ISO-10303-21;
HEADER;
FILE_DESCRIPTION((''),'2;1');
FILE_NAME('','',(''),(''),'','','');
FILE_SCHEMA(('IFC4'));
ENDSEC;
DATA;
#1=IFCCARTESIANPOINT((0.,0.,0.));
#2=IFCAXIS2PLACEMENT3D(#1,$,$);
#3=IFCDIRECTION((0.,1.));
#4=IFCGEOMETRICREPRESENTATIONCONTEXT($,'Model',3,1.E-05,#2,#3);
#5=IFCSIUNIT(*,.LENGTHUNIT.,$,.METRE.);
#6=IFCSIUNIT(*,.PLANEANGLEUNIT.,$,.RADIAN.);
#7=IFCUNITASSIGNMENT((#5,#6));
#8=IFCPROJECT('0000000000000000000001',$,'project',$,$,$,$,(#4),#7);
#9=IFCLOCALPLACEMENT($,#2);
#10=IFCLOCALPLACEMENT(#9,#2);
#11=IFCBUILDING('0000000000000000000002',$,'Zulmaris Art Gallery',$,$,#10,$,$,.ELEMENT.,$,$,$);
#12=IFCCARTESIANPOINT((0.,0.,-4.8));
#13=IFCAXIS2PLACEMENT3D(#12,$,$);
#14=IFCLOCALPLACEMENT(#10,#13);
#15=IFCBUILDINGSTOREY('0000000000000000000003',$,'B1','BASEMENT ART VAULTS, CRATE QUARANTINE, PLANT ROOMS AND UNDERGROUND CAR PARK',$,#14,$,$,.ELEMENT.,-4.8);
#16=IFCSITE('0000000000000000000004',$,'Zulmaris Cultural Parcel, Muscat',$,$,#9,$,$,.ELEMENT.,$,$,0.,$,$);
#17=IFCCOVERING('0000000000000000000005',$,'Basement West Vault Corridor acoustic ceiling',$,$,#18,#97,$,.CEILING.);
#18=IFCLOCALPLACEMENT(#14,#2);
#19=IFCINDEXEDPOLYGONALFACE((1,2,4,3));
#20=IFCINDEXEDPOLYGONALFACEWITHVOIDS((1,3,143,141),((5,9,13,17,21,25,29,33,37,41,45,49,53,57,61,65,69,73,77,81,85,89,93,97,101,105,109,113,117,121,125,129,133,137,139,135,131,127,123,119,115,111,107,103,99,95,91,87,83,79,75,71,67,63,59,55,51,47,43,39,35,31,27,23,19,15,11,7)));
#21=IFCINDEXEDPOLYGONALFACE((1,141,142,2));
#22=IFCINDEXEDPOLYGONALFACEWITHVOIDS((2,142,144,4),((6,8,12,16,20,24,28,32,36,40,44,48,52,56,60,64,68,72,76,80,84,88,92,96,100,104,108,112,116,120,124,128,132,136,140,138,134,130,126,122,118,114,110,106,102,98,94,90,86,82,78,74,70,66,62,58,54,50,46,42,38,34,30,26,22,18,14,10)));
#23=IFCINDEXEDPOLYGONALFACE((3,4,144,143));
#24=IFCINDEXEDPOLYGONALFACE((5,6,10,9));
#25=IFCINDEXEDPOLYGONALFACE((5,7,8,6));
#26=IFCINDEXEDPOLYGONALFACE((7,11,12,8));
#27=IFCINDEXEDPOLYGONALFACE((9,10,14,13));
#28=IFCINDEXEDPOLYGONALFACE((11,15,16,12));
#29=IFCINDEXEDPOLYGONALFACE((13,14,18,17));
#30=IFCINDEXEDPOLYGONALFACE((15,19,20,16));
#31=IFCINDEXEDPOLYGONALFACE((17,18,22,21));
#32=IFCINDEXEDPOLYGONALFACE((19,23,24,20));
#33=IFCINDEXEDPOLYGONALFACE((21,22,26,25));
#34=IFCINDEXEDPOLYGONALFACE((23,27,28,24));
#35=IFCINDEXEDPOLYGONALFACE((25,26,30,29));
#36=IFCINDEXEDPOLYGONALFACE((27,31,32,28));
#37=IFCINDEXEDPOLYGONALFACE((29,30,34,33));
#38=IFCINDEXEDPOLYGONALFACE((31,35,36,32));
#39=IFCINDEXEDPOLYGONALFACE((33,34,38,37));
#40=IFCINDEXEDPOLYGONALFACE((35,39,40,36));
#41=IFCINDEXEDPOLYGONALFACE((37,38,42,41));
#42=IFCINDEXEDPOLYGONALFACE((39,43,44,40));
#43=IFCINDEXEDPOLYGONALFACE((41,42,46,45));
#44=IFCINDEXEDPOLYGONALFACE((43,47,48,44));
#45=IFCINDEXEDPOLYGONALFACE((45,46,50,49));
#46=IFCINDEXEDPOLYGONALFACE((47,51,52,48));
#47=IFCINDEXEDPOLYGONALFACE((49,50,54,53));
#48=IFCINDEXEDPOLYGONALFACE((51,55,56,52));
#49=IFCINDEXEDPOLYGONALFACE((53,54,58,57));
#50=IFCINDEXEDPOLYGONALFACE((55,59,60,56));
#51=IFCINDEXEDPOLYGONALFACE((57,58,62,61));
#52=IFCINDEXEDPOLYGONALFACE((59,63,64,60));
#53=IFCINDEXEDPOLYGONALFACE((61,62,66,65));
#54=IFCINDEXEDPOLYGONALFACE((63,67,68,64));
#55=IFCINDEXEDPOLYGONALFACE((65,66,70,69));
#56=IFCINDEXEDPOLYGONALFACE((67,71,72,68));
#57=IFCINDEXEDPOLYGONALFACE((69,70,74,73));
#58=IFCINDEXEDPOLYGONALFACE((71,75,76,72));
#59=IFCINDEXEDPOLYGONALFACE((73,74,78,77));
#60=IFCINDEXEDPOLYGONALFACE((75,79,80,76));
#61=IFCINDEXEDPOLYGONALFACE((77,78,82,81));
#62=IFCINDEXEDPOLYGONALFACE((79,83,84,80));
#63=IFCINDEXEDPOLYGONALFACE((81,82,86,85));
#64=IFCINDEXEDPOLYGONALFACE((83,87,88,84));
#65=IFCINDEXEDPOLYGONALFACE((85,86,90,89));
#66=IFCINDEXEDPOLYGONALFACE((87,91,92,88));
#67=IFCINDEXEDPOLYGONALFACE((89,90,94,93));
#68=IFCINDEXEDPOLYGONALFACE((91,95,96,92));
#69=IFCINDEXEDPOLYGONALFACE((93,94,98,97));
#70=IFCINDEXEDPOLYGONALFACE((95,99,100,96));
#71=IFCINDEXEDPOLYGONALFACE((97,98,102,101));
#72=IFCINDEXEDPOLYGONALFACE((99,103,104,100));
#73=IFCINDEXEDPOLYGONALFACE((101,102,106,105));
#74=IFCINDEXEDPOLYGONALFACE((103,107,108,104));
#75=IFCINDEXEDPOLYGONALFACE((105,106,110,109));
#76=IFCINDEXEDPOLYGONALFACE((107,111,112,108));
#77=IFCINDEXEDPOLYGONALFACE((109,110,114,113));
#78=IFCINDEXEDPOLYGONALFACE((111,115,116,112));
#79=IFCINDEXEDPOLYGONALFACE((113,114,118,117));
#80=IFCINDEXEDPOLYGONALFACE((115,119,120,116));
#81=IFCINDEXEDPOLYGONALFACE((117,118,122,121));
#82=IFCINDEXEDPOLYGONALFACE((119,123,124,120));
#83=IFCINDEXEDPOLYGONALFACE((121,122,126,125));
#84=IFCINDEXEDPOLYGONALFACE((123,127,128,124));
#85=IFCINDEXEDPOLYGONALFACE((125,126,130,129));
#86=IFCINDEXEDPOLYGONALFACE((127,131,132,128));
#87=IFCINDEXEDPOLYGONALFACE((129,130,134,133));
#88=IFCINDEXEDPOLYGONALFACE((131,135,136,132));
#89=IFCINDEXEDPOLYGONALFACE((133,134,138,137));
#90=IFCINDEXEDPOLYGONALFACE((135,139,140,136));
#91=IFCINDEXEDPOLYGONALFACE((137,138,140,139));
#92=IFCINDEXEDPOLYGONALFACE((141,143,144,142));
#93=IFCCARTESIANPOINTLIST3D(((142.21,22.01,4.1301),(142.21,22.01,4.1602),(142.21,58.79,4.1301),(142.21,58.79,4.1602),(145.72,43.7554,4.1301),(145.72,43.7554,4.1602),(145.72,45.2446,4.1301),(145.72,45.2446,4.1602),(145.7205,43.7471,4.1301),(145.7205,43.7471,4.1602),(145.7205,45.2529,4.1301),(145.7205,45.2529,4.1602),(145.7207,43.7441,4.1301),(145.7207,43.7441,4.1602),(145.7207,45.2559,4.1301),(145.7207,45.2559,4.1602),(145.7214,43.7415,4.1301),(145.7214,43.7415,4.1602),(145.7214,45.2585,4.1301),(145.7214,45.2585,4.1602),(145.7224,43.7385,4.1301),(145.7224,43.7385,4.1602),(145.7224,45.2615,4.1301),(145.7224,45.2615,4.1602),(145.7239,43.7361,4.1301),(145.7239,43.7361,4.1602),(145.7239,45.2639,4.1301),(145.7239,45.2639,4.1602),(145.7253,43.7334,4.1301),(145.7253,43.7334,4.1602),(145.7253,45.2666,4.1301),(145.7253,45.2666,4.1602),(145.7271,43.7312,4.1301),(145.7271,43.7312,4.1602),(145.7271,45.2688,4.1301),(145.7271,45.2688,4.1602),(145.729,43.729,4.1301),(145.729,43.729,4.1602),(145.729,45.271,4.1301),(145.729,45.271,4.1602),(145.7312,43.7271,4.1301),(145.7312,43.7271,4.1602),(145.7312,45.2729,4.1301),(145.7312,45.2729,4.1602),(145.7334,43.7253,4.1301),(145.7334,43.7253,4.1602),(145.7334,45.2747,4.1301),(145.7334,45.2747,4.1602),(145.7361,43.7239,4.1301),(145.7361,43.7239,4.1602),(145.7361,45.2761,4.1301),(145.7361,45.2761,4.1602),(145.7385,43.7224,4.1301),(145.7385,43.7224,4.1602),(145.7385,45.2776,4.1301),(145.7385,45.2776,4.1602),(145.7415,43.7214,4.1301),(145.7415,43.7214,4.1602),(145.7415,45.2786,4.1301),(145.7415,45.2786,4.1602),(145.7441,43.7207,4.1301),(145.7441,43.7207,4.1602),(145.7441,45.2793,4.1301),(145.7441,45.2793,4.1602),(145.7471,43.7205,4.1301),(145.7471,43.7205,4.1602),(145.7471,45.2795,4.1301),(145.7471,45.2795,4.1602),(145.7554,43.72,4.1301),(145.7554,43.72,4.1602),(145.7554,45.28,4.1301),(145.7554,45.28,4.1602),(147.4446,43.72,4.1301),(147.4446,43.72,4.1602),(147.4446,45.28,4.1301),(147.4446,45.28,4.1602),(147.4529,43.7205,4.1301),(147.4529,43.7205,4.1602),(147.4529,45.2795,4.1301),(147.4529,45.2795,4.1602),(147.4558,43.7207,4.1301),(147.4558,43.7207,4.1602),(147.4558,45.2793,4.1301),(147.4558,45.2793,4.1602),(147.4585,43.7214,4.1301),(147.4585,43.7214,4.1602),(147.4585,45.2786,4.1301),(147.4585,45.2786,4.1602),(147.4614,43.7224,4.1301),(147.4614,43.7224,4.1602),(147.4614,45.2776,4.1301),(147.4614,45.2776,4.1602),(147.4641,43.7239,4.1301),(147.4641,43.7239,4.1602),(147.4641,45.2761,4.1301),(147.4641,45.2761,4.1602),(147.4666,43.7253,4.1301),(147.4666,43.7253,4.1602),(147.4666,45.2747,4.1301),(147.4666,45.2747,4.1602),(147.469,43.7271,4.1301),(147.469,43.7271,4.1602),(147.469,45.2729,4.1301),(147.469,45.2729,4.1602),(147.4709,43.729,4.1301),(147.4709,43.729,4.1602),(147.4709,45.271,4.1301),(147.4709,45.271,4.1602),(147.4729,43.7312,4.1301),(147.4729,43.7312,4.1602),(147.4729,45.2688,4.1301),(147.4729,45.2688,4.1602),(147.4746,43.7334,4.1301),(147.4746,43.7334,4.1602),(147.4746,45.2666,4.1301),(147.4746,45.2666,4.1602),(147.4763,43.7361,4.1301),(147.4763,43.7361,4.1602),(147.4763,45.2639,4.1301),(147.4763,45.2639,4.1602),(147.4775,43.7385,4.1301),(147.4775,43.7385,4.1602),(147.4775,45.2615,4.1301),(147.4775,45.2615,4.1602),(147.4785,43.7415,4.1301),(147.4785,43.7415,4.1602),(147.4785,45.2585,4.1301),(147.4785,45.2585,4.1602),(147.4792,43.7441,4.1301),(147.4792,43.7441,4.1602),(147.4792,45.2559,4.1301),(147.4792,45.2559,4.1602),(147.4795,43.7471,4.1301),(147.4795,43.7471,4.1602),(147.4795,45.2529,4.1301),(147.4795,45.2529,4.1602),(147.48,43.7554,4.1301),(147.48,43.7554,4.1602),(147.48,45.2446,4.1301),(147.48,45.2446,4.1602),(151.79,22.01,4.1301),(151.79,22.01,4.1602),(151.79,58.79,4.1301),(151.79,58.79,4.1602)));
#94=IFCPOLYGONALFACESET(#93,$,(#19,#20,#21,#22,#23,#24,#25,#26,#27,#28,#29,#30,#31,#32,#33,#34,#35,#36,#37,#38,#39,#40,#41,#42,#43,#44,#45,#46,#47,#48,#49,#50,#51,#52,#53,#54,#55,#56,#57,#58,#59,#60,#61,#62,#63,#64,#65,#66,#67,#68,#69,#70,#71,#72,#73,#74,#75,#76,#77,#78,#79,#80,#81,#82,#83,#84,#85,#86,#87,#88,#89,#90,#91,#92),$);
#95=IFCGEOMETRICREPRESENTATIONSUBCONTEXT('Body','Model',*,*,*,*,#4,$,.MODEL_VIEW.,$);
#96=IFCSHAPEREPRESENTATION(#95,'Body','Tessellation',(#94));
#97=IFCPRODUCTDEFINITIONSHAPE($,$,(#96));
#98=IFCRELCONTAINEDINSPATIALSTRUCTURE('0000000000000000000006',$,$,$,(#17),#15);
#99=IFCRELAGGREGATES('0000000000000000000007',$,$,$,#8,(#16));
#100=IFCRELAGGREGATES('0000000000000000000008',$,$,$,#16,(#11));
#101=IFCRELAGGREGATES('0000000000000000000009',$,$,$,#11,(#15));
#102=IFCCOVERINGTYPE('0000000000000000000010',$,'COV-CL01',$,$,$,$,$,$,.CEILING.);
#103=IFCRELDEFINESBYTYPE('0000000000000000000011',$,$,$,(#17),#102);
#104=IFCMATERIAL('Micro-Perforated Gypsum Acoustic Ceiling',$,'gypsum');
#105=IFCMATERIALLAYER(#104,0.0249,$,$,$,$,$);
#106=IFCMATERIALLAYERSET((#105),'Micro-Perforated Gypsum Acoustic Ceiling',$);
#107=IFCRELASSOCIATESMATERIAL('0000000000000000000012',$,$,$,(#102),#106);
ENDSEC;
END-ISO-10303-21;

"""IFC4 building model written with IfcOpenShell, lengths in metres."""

from ifc_helpers import new_model, si_unit, direction, frame, origin, place, context, subcontext, project, spatial, polyline, outline, extrude, material, layer, layer_set, type_object, element, save


model = new_model("IFC4")

# Units and contexts
model_context = context("Model", 3, precision=1e-05, world=origin(), true_north=direction((0.0, 1.0)))
body_context = subcontext(model_context, "Body", "Model", "MODEL_VIEW")
ifc_project = project(units=[si_unit("LENGTHUNIT", "METRE"), si_unit("PLANEANGLEUNIT", "RADIAN")], contexts=[model_context])

# Site, building, storey
site_placement = place(None, origin())
site = spatial("IfcSite", under=ifc_project, at=site_placement, Name="Zulmaris Cultural Parcel, Muscat", CompositionType="ELEMENT", RefElevation=0.0)
building_placement = place(site_placement, origin())
building = spatial("IfcBuilding", under=site, at=building_placement, Name="Zulmaris Art Gallery", CompositionType="ELEMENT")
storey_placement = place(building_placement, frame((0.0, 0.0, -4.8)))
storey = spatial("IfcBuildingStorey", under=building, at=storey_placement, Name="B1", Description="BASEMENT ART VAULTS, CRATE QUARANTINE, PLANT ROOMS AND UNDERGROUND CAR PARK", CompositionType="ELEMENT", Elevation=-4.8)

# Covering
ifc_material_1 = material(Name="Micro-Perforated Gypsum Acoustic Ceiling", Category="gypsum")
ifc_layer_1 = layer(ifc_material_1, 0.0249)
ifc_layer_set_1 = layer_set([ifc_layer_1], Name="Micro-Perforated Gypsum Acoustic Ceiling")
covering_type_1 = type_object("IfcCoveringType", Name="COV-CL01", PredefinedType="CEILING", material=ifc_layer_set_1)
covering_1_placement = place(storey_placement, frame((0.0, 0.0, 4.1301)))
element("IfcCovering", 1, at=covering_1_placement, inside=storey, type_object=covering_type_1, Name="Basement West Vault Corridor acoustic ceiling", PredefinedType="CEILING", context=body_context, shape_type="SweptSolid", body=[
    extrude(outline(polyline([(142.21, 58.79), (151.79, 58.79), (151.79, 22.01), (142.21, 22.01), (142.21, 58.79)]), holes=[polyline([(145.7415, 45.2786), (145.7385, 45.2776), (145.7361, 45.2761), (145.7334, 45.2747), (145.7312, 45.2729), (145.729, 45.271), (145.7271, 45.2688), (145.7253, 45.2666), (145.7239, 45.2639), (145.7224, 45.2615), (145.7214, 45.2585), (145.7207, 45.2559), (145.7205, 45.2529), (145.72, 45.2446), (145.72, 43.7554), (145.7205, 43.7471), (145.7207, 43.7441), (145.7214, 43.7415), (145.7224, 43.7385), (145.7239, 43.7361), (145.7253, 43.7334), (145.7271, 43.7312), (145.729, 43.729), (145.7312, 43.7271), (145.7334, 43.7253), (145.7361, 43.7239), (145.7385, 43.7224), (145.7415, 43.7214), (145.7441, 43.7207), (145.7471, 43.7205), (145.7554, 43.72), (147.4446, 43.72), (147.4529, 43.7205), (147.4558, 43.7207), (147.4585, 43.7214), (147.4614, 43.7224), (147.4641, 43.7239), (147.4666, 43.7253), (147.469, 43.7271), (147.4709, 43.729), (147.4729, 43.7312), (147.4746, 43.7334), (147.4763, 43.7361), (147.4775, 43.7385), (147.4785, 43.7415), (147.4792, 43.7441), (147.4795, 43.7471), (147.48, 43.7554), (147.48, 45.2446), (147.4795, 45.2529), (147.4792, 45.2559), (147.4785, 45.2585), (147.4775, 45.2615), (147.4763, 45.2639), (147.4746, 45.2666), (147.4729, 45.2688), (147.4709, 45.271), (147.469, 45.2729), (147.4666, 45.2747), (147.4641, 45.2761), (147.4614, 45.2776), (147.4585, 45.2786), (147.4558, 45.2793), (147.4529, 45.2795), (147.4446, 45.28), (145.7554, 45.28), (145.7471, 45.2795), (145.7441, 45.2793), (145.7415, 45.2786)])]), origin(), (0.0, 0.0, 1.0), 0.03),
])

save(model, "model.ifc")
